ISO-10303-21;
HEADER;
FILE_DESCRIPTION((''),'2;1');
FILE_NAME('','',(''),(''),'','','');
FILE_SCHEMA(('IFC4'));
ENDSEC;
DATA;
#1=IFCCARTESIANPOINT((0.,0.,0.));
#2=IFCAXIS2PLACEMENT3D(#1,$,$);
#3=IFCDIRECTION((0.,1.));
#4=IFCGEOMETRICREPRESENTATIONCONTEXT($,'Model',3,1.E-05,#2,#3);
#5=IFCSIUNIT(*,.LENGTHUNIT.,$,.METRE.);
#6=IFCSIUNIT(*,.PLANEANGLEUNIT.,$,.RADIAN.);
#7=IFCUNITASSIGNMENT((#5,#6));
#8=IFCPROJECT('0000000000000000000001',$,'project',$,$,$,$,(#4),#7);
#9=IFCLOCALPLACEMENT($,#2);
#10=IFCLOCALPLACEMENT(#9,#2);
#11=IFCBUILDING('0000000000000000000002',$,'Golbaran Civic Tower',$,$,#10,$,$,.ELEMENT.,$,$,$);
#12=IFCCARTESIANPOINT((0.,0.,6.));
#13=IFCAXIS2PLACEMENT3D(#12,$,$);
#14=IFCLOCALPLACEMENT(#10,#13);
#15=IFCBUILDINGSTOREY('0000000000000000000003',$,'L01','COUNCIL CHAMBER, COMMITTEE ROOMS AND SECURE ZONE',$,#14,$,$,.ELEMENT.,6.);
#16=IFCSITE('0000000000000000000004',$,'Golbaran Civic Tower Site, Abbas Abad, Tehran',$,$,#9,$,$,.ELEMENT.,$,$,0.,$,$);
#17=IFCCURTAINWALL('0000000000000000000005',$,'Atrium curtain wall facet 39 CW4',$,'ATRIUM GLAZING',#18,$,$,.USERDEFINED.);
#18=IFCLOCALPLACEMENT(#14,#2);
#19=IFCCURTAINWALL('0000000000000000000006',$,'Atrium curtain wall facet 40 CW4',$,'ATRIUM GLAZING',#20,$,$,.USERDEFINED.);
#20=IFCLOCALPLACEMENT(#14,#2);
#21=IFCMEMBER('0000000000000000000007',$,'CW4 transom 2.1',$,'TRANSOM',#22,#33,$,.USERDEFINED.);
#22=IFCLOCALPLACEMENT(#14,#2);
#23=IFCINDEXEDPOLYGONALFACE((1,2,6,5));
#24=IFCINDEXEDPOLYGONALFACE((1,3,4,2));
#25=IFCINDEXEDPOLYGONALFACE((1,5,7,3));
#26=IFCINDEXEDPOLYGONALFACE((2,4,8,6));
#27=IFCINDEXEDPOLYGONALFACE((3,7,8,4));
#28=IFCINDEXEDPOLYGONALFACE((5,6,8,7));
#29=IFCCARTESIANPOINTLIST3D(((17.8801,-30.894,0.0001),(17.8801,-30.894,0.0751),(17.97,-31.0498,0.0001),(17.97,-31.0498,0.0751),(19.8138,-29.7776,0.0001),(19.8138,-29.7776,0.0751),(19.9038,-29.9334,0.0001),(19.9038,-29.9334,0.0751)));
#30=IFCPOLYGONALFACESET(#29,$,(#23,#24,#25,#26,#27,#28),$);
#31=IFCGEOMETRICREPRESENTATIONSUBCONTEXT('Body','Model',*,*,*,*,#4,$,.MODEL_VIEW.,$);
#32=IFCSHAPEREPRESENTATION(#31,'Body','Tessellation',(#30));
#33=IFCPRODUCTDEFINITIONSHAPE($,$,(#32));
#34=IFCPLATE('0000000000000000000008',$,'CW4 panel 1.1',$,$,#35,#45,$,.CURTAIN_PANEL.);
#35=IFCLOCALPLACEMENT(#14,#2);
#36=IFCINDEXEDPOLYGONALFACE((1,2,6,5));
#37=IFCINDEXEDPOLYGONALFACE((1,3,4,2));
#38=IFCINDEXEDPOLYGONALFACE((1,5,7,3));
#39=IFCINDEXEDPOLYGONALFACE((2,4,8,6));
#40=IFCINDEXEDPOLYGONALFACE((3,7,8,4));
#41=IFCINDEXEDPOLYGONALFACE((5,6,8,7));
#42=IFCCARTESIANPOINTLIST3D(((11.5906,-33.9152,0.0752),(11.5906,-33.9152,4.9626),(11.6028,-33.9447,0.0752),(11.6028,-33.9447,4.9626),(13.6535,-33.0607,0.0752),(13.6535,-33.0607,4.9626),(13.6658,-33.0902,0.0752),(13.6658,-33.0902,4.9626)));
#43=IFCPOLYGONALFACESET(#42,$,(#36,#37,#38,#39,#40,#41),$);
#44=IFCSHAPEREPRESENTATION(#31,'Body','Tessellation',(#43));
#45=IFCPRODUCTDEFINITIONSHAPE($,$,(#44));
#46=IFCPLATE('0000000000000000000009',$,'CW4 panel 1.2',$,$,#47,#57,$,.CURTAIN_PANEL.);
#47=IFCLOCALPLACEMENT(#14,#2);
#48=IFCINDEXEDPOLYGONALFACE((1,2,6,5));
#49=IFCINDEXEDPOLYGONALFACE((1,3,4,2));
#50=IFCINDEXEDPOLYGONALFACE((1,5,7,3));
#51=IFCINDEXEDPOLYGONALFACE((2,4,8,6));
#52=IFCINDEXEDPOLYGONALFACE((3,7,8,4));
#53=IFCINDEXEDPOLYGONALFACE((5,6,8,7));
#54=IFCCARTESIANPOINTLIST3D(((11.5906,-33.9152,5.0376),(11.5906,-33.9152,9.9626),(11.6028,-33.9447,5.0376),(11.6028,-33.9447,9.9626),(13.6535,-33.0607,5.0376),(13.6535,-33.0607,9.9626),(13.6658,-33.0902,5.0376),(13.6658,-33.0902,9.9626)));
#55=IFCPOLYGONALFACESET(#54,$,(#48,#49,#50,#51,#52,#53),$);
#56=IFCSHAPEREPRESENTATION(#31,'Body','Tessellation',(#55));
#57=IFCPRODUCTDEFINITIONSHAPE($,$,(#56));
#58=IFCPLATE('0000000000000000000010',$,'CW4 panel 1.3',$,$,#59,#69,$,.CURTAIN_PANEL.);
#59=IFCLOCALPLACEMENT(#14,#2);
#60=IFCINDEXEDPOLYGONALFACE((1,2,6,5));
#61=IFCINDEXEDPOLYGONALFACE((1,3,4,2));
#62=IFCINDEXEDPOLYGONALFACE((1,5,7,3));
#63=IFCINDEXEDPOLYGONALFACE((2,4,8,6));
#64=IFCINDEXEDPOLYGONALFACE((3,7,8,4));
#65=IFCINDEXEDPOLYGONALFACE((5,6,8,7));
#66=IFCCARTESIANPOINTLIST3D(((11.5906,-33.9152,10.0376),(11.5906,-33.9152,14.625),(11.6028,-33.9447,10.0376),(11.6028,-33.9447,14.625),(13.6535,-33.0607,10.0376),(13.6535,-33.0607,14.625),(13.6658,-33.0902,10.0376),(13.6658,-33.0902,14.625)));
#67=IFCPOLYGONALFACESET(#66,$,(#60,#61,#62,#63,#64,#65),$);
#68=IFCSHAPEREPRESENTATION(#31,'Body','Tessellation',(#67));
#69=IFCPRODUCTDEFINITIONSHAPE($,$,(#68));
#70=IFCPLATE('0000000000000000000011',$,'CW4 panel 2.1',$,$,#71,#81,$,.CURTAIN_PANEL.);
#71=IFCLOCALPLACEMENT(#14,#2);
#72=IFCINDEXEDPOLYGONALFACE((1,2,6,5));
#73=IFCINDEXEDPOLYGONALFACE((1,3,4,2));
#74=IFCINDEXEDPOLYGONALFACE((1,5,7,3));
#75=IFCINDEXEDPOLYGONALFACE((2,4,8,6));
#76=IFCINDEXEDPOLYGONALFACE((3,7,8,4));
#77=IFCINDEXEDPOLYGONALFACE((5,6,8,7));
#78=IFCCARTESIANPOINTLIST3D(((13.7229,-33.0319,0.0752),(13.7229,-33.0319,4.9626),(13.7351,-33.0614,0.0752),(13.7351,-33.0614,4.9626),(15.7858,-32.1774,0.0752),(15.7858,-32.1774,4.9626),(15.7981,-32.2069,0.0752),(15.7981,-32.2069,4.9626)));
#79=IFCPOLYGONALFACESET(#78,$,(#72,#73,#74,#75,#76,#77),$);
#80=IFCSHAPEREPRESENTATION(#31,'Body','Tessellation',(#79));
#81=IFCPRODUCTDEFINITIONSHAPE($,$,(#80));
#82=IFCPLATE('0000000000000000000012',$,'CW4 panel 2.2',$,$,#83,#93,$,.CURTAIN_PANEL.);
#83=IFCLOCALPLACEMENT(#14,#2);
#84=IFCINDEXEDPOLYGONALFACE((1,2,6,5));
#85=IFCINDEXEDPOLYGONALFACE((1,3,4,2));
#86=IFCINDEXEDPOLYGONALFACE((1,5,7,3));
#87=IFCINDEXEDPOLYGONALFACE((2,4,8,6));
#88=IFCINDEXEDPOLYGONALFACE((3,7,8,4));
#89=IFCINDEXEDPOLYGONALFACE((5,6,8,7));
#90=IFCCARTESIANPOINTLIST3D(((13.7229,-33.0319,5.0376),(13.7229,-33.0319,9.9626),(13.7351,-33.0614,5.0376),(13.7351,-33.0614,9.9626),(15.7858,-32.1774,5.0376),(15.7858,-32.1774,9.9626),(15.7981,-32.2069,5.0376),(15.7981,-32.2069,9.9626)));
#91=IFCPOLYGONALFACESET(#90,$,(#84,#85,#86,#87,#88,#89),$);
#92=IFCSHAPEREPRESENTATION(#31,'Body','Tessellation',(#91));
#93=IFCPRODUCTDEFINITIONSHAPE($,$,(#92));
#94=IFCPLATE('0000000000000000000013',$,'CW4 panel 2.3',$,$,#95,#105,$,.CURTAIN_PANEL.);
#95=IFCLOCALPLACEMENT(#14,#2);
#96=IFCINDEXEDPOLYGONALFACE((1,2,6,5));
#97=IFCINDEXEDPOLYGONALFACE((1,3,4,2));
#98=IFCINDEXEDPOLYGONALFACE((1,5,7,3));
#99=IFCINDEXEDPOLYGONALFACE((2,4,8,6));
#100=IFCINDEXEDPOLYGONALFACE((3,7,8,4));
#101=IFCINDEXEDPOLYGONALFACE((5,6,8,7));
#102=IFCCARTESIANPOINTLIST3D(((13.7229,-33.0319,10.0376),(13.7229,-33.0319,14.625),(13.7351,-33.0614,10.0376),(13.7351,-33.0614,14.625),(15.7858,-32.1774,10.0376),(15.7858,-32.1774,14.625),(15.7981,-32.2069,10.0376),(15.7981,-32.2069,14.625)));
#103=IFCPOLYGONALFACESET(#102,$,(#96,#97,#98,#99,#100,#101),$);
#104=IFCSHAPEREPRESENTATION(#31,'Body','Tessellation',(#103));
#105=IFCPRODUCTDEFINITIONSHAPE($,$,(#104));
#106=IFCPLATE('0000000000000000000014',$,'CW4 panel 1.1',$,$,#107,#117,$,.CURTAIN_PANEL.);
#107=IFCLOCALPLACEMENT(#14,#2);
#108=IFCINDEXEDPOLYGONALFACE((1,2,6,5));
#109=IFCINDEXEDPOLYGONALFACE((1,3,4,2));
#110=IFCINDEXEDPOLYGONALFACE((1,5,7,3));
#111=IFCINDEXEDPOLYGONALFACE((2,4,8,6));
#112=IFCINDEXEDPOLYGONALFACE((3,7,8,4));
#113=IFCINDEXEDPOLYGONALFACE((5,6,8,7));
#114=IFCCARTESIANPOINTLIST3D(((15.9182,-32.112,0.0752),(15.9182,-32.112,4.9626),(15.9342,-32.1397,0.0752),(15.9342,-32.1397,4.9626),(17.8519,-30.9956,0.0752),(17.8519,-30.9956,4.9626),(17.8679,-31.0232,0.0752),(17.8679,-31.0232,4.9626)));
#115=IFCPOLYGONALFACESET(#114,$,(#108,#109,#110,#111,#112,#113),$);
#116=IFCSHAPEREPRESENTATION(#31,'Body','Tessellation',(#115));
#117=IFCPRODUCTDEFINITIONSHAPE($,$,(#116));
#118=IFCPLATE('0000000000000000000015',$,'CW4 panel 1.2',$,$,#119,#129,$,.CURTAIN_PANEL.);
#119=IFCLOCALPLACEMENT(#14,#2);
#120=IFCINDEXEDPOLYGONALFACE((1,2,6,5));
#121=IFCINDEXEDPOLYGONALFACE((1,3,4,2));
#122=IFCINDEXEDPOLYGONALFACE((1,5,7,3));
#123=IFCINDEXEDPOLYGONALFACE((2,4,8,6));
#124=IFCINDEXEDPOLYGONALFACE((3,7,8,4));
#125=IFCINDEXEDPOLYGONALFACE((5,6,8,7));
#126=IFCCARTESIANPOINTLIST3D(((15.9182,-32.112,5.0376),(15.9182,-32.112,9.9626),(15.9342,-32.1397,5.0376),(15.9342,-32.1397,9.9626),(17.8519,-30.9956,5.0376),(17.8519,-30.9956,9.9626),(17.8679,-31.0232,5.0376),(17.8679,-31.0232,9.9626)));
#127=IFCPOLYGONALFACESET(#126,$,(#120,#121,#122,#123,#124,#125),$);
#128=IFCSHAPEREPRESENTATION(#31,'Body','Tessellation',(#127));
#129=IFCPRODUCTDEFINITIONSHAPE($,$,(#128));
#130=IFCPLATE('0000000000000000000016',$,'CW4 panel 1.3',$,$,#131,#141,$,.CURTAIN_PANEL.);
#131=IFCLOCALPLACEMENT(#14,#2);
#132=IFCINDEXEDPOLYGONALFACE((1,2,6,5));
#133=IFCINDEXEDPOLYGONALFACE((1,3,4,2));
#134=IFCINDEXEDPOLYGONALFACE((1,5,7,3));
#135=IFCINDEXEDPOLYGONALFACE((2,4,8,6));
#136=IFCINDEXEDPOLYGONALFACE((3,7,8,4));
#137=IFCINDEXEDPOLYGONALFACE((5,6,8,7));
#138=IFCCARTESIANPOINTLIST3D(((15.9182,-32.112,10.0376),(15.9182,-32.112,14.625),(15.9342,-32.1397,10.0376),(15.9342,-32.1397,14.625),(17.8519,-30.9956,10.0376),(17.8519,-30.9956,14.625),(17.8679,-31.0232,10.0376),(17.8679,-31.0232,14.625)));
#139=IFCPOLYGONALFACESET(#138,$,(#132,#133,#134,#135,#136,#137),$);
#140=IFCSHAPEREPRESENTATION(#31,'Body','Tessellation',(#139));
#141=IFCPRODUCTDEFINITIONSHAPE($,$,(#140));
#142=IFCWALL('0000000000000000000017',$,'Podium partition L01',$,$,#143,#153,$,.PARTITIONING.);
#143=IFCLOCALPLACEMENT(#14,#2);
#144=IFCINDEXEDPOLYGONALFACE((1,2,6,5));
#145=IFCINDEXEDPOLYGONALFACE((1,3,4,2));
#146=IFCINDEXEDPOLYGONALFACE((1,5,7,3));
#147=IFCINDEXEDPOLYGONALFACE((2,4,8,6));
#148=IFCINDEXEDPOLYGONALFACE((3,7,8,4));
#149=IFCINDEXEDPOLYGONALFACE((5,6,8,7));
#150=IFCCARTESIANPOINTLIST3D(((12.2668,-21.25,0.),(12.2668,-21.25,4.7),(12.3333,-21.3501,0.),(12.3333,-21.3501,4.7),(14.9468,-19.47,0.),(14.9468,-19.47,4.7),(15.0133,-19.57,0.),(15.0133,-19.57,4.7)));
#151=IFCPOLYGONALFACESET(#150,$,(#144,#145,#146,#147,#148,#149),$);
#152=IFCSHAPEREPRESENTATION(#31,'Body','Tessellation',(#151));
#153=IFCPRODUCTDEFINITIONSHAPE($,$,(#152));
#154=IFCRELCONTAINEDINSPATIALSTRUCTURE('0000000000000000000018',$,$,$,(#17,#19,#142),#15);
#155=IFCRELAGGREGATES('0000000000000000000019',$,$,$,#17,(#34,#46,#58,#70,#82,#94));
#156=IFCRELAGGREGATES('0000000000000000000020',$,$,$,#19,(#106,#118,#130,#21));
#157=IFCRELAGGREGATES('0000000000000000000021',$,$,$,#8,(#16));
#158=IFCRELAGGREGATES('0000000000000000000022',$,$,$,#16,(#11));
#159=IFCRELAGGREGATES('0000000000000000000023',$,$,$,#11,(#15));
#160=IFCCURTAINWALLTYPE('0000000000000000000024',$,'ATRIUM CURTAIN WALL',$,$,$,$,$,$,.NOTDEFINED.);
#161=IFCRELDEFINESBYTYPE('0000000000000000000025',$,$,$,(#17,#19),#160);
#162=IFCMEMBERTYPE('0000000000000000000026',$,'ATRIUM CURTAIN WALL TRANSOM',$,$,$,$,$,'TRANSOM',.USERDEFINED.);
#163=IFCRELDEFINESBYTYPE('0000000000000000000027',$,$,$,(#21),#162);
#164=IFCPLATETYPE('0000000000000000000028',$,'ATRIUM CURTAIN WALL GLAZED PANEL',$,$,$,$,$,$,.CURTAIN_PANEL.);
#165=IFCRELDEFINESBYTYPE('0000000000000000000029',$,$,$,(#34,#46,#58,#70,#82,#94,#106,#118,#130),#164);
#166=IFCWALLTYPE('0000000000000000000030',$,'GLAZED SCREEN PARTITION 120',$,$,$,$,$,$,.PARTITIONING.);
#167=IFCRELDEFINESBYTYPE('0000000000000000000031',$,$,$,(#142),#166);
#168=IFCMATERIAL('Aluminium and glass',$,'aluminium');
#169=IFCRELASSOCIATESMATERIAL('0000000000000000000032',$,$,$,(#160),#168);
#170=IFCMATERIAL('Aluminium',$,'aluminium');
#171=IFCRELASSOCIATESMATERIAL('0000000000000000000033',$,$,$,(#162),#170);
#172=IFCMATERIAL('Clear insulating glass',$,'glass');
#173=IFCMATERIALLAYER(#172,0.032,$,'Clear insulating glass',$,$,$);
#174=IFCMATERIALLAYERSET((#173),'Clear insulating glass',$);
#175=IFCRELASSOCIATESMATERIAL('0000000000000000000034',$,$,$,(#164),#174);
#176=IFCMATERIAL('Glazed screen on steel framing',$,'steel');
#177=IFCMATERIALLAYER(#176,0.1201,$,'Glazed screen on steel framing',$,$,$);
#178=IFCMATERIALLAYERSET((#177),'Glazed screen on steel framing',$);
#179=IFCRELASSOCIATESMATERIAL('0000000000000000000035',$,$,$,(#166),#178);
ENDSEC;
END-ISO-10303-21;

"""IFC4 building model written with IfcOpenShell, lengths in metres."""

from ifc_helpers import new_model, si_unit, direction, frame, frame_2d, origin, origin_2d, place, context, subcontext, project, spatial, rectangle, extrude, material, layer, layer_set, material_profile, profile_set, type_object, element, aggregate, save


model = new_model("IFC4")

# Units and contexts
model_context = context("Model", 3, precision=1e-05, world=origin(), true_north=direction((0.0, 1.0)))
body_context = subcontext(model_context, "Body", "Model", "MODEL_VIEW")
ifc_project = project(units=[si_unit("LENGTHUNIT", "METRE"), si_unit("PLANEANGLEUNIT", "RADIAN")], contexts=[model_context])

# Site, building, storey
site_placement = place(None, origin())
site = spatial("IfcSite", under=ifc_project, at=site_placement, Name="Golbaran Civic Tower Site, Abbas Abad, Tehran", CompositionType="ELEMENT", RefElevation=0.0)
building_placement = place(site_placement, origin())
building = spatial("IfcBuilding", under=site, at=building_placement, Name="Golbaran Civic Tower", CompositionType="ELEMENT")
storey_placement = place(building_placement, frame((0.0, 0.0, 6.0)))
storey = spatial("IfcBuildingStorey", under=building, at=storey_placement, Name="L01", Description="COUNCIL CHAMBER, COMMITTEE ROOMS AND SECURE ZONE", CompositionType="ELEMENT", Elevation=6.0)

# Curtain walls
ifc_material_1 = material(Name="Aluminium and glass", Category="aluminium")
curtain_wall_type = type_object("IfcCurtainWallType", Name="ATRIUM CURTAIN WALL", PredefinedType="NOTDEFINED", material=ifc_material_1)
curtain_wall_1_placement = place(storey_placement, origin())
curtain_wall_1 = element("IfcCurtainWall", 1, at=curtain_wall_1_placement, inside=storey, type_object=curtain_wall_type, Name="Atrium curtain wall facet 39 CW4", ObjectType="ATRIUM GLAZING", PredefinedType="USERDEFINED")
ifc_material_2 = material(Name="Aluminium", Category="aluminium")
curtain_wall_2_placement = place(storey_placement, origin())
curtain_wall_2 = element("IfcCurtainWall", 2, at=curtain_wall_2_placement, inside=storey, type_object=curtain_wall_type, Name="Atrium curtain wall facet 40 CW4", ObjectType="ATRIUM GLAZING", PredefinedType="USERDEFINED")

# Member
ifc_material_profile_1 = material_profile(ifc_material_2, rectangle(XDim=0.1799, YDim=0.075, at=origin_2d()), Name="ATRIUM CURTAIN WALL TRANSOM")
ifc_profile_set_1 = profile_set([ifc_material_profile_1], Name="Aluminium")
member_type_1 = type_object("IfcMemberType", Name="ATRIUM CURTAIN WALL TRANSOM", ElementType="TRANSOM", PredefinedType="USERDEFINED", material=ifc_profile_set_1)
member_1_placement = place(storey_placement, frame((17.925, -30.9719, 0.0376), z_axis=(0.866034, 0.499984, 0.0), x_axis=(-0.499984, 0.866034, 0.0)))
member_1 = element("IfcMember", 3, at=member_1_placement, type_object=member_type_1, Name="CW4 transom 2.1", ObjectType="TRANSOM", PredefinedType="USERDEFINED", context=body_context, shape_type="SweptSolid", body=[
    extrude(rectangle(XDim=0.1799, YDim=0.075, at=origin_2d()), origin(), (0.0, 0.0, 1.0), 2.2329),
])

# Plates
ifc_material_3 = material(Name="Clear insulating glass", Category="glass")
ifc_layer_1 = layer(ifc_material_3, 0.032, Name="Clear insulating glass")
ifc_layer_set_1 = layer_set([ifc_layer_1], Name="Clear insulating glass")
plate_type = type_object("IfcPlateType", Name="ATRIUM CURTAIN WALL GLAZED PANEL", PredefinedType="CURTAIN_PANEL", material=ifc_layer_set_1)
plate_1_placement = place(storey_placement, frame((12.6282, -33.5027, 0.0752), z_axis=(0.0, 0.0, 1.0), x_axis=(0.92388, 0.382683, 0.0)))
plate_1 = element("IfcPlate", 4, at=plate_1_placement, type_object=plate_type, Name="CW4 panel 1.1", PredefinedType="CURTAIN_PANEL", context=body_context, shape_type="SweptSolid", body=[
    extrude(rectangle(XDim=2.2329, YDim=0.032, at=origin_2d()), origin(), (0.0, 0.0, 1.0), 4.8875),
])
plate_2_placement = place(storey_placement, frame((12.6282, -33.5027, 5.0376), z_axis=(0.0, 0.0, 1.0), x_axis=(0.92388, 0.382683, 0.0)))
plate_2 = element("IfcPlate", 5, at=plate_2_placement, type_object=plate_type, Name="CW4 panel 1.2", PredefinedType="CURTAIN_PANEL", context=body_context, shape_type="SweptSolid", body=[
    extrude(rectangle(XDim=2.2329, YDim=0.032, at=origin_2d()), origin(), (0.0, 0.0, 1.0), 4.925),
])
plate_3_placement = place(storey_placement, frame((12.6282, -33.5027, 10.0376), z_axis=(0.0, 0.0, 1.0), x_axis=(0.92388, 0.382683, 0.0)))
plate_3 = element("IfcPlate", 6, at=plate_3_placement, type_object=plate_type, Name="CW4 panel 1.3", PredefinedType="CURTAIN_PANEL", context=body_context, shape_type="SweptSolid", body=[
    extrude(rectangle(XDim=2.2329, YDim=0.032, at=origin_2d()), origin(), (0.0, 0.0, 1.0), 4.5874),
])
plate_4_placement = place(storey_placement, frame((14.7605, -32.6194, 0.0752), z_axis=(0.0, 0.0, 1.0), x_axis=(0.92388, 0.382683, 0.0)))
plate_4 = element("IfcPlate", 7, at=plate_4_placement, type_object=plate_type, Name="CW4 panel 2.1", PredefinedType="CURTAIN_PANEL", context=body_context, shape_type="SweptSolid", body=[
    extrude(rectangle(XDim=2.2329, YDim=0.032, at=origin_2d()), origin(), (0.0, 0.0, 1.0), 4.8875),
])
plate_5_placement = place(storey_placement, frame((14.7605, -32.6194, 5.0376), z_axis=(0.0, 0.0, 1.0), x_axis=(0.92388, 0.382683, 0.0)))
plate_5 = element("IfcPlate", 8, at=plate_5_placement, type_object=plate_type, Name="CW4 panel 2.2", PredefinedType="CURTAIN_PANEL", context=body_context, shape_type="SweptSolid", body=[
    extrude(rectangle(XDim=2.2329, YDim=0.032, at=origin_2d()), origin(), (0.0, 0.0, 1.0), 4.925),
])
plate_6_placement = place(storey_placement, frame((14.7605, -32.6194, 10.0376), z_axis=(0.0, 0.0, 1.0), x_axis=(0.92388, 0.382683, 0.0)))
plate_6 = element("IfcPlate", 9, at=plate_6_placement, type_object=plate_type, Name="CW4 panel 2.3", PredefinedType="CURTAIN_PANEL", context=body_context, shape_type="SweptSolid", body=[
    extrude(rectangle(XDim=2.2329, YDim=0.032, at=origin_2d()), origin(), (0.0, 0.0, 1.0), 4.5874),
])
aggregate(curtain_wall_1, [plate_1, plate_2, plate_3, plate_4, plate_5, plate_6])
plate_7_placement = place(storey_placement, frame((16.8931, -31.5676, 0.0752), z_axis=(0.0, 0.0, 1.0), x_axis=(0.866025, 0.5, 0.0)))
plate_7 = element("IfcPlate", 10, at=plate_7_placement, type_object=plate_type, Name="CW4 panel 1.1", PredefinedType="CURTAIN_PANEL", context=body_context, shape_type="SweptSolid", body=[
    extrude(rectangle(XDim=2.2329, YDim=0.032, at=origin_2d()), origin(), (0.0, 0.0, 1.0), 4.8875),
])
plate_8_placement = place(storey_placement, frame((16.8931, -31.5676, 5.0376), z_axis=(0.0, 0.0, 1.0), x_axis=(0.866025, 0.5, 0.0)))
plate_8 = element("IfcPlate", 11, at=plate_8_placement, type_object=plate_type, Name="CW4 panel 1.2", PredefinedType="CURTAIN_PANEL", context=body_context, shape_type="SweptSolid", body=[
    extrude(rectangle(XDim=2.2329, YDim=0.032, at=origin_2d()), origin(), (0.0, 0.0, 1.0), 4.925),
])
plate_9_placement = place(storey_placement, frame((16.8931, -31.5676, 10.0376), z_axis=(0.0, 0.0, 1.0), x_axis=(0.866025, 0.5, 0.0)))
plate_9 = element("IfcPlate", 12, at=plate_9_placement, type_object=plate_type, Name="CW4 panel 1.3", PredefinedType="CURTAIN_PANEL", context=body_context, shape_type="SweptSolid", body=[
    extrude(rectangle(XDim=2.2329, YDim=0.032, at=origin_2d()), origin(), (0.0, 0.0, 1.0), 4.5874),
])
aggregate(curtain_wall_2, [plate_7, plate_8, plate_9, member_1])

# Wall
ifc_material_4 = material(Name="Glazed screen on steel framing", Category="steel")
ifc_layer_2 = layer(ifc_material_4, 0.1201, Name="Glazed screen on steel framing")
ifc_layer_set_2 = layer_set([ifc_layer_2], Name="Glazed screen on steel framing")
wall_type = type_object("IfcWallType", Name="GLAZED SCREEN PARTITION 120", PredefinedType="PARTITIONING", material=ifc_layer_set_2)
wall_placement = place(storey_placement, frame((12.3, -21.3, 0.0), z_axis=(0.0, 0.0, 1.0), x_axis=(0.832995, 0.553281, 0.0)))
element("IfcWall", 13, at=wall_placement, inside=storey, type_object=wall_type, Name="Podium partition L01", PredefinedType="PARTITIONING", context=body_context, shape_type="SweptSolid", body=[
    extrude(rectangle(XDim=3.2173, YDim=0.1201, at=frame_2d((1.6086, 0.0))), origin(), (0.0, 0.0, 1.0), 4.7),
])

save(model, "model.ifc")
